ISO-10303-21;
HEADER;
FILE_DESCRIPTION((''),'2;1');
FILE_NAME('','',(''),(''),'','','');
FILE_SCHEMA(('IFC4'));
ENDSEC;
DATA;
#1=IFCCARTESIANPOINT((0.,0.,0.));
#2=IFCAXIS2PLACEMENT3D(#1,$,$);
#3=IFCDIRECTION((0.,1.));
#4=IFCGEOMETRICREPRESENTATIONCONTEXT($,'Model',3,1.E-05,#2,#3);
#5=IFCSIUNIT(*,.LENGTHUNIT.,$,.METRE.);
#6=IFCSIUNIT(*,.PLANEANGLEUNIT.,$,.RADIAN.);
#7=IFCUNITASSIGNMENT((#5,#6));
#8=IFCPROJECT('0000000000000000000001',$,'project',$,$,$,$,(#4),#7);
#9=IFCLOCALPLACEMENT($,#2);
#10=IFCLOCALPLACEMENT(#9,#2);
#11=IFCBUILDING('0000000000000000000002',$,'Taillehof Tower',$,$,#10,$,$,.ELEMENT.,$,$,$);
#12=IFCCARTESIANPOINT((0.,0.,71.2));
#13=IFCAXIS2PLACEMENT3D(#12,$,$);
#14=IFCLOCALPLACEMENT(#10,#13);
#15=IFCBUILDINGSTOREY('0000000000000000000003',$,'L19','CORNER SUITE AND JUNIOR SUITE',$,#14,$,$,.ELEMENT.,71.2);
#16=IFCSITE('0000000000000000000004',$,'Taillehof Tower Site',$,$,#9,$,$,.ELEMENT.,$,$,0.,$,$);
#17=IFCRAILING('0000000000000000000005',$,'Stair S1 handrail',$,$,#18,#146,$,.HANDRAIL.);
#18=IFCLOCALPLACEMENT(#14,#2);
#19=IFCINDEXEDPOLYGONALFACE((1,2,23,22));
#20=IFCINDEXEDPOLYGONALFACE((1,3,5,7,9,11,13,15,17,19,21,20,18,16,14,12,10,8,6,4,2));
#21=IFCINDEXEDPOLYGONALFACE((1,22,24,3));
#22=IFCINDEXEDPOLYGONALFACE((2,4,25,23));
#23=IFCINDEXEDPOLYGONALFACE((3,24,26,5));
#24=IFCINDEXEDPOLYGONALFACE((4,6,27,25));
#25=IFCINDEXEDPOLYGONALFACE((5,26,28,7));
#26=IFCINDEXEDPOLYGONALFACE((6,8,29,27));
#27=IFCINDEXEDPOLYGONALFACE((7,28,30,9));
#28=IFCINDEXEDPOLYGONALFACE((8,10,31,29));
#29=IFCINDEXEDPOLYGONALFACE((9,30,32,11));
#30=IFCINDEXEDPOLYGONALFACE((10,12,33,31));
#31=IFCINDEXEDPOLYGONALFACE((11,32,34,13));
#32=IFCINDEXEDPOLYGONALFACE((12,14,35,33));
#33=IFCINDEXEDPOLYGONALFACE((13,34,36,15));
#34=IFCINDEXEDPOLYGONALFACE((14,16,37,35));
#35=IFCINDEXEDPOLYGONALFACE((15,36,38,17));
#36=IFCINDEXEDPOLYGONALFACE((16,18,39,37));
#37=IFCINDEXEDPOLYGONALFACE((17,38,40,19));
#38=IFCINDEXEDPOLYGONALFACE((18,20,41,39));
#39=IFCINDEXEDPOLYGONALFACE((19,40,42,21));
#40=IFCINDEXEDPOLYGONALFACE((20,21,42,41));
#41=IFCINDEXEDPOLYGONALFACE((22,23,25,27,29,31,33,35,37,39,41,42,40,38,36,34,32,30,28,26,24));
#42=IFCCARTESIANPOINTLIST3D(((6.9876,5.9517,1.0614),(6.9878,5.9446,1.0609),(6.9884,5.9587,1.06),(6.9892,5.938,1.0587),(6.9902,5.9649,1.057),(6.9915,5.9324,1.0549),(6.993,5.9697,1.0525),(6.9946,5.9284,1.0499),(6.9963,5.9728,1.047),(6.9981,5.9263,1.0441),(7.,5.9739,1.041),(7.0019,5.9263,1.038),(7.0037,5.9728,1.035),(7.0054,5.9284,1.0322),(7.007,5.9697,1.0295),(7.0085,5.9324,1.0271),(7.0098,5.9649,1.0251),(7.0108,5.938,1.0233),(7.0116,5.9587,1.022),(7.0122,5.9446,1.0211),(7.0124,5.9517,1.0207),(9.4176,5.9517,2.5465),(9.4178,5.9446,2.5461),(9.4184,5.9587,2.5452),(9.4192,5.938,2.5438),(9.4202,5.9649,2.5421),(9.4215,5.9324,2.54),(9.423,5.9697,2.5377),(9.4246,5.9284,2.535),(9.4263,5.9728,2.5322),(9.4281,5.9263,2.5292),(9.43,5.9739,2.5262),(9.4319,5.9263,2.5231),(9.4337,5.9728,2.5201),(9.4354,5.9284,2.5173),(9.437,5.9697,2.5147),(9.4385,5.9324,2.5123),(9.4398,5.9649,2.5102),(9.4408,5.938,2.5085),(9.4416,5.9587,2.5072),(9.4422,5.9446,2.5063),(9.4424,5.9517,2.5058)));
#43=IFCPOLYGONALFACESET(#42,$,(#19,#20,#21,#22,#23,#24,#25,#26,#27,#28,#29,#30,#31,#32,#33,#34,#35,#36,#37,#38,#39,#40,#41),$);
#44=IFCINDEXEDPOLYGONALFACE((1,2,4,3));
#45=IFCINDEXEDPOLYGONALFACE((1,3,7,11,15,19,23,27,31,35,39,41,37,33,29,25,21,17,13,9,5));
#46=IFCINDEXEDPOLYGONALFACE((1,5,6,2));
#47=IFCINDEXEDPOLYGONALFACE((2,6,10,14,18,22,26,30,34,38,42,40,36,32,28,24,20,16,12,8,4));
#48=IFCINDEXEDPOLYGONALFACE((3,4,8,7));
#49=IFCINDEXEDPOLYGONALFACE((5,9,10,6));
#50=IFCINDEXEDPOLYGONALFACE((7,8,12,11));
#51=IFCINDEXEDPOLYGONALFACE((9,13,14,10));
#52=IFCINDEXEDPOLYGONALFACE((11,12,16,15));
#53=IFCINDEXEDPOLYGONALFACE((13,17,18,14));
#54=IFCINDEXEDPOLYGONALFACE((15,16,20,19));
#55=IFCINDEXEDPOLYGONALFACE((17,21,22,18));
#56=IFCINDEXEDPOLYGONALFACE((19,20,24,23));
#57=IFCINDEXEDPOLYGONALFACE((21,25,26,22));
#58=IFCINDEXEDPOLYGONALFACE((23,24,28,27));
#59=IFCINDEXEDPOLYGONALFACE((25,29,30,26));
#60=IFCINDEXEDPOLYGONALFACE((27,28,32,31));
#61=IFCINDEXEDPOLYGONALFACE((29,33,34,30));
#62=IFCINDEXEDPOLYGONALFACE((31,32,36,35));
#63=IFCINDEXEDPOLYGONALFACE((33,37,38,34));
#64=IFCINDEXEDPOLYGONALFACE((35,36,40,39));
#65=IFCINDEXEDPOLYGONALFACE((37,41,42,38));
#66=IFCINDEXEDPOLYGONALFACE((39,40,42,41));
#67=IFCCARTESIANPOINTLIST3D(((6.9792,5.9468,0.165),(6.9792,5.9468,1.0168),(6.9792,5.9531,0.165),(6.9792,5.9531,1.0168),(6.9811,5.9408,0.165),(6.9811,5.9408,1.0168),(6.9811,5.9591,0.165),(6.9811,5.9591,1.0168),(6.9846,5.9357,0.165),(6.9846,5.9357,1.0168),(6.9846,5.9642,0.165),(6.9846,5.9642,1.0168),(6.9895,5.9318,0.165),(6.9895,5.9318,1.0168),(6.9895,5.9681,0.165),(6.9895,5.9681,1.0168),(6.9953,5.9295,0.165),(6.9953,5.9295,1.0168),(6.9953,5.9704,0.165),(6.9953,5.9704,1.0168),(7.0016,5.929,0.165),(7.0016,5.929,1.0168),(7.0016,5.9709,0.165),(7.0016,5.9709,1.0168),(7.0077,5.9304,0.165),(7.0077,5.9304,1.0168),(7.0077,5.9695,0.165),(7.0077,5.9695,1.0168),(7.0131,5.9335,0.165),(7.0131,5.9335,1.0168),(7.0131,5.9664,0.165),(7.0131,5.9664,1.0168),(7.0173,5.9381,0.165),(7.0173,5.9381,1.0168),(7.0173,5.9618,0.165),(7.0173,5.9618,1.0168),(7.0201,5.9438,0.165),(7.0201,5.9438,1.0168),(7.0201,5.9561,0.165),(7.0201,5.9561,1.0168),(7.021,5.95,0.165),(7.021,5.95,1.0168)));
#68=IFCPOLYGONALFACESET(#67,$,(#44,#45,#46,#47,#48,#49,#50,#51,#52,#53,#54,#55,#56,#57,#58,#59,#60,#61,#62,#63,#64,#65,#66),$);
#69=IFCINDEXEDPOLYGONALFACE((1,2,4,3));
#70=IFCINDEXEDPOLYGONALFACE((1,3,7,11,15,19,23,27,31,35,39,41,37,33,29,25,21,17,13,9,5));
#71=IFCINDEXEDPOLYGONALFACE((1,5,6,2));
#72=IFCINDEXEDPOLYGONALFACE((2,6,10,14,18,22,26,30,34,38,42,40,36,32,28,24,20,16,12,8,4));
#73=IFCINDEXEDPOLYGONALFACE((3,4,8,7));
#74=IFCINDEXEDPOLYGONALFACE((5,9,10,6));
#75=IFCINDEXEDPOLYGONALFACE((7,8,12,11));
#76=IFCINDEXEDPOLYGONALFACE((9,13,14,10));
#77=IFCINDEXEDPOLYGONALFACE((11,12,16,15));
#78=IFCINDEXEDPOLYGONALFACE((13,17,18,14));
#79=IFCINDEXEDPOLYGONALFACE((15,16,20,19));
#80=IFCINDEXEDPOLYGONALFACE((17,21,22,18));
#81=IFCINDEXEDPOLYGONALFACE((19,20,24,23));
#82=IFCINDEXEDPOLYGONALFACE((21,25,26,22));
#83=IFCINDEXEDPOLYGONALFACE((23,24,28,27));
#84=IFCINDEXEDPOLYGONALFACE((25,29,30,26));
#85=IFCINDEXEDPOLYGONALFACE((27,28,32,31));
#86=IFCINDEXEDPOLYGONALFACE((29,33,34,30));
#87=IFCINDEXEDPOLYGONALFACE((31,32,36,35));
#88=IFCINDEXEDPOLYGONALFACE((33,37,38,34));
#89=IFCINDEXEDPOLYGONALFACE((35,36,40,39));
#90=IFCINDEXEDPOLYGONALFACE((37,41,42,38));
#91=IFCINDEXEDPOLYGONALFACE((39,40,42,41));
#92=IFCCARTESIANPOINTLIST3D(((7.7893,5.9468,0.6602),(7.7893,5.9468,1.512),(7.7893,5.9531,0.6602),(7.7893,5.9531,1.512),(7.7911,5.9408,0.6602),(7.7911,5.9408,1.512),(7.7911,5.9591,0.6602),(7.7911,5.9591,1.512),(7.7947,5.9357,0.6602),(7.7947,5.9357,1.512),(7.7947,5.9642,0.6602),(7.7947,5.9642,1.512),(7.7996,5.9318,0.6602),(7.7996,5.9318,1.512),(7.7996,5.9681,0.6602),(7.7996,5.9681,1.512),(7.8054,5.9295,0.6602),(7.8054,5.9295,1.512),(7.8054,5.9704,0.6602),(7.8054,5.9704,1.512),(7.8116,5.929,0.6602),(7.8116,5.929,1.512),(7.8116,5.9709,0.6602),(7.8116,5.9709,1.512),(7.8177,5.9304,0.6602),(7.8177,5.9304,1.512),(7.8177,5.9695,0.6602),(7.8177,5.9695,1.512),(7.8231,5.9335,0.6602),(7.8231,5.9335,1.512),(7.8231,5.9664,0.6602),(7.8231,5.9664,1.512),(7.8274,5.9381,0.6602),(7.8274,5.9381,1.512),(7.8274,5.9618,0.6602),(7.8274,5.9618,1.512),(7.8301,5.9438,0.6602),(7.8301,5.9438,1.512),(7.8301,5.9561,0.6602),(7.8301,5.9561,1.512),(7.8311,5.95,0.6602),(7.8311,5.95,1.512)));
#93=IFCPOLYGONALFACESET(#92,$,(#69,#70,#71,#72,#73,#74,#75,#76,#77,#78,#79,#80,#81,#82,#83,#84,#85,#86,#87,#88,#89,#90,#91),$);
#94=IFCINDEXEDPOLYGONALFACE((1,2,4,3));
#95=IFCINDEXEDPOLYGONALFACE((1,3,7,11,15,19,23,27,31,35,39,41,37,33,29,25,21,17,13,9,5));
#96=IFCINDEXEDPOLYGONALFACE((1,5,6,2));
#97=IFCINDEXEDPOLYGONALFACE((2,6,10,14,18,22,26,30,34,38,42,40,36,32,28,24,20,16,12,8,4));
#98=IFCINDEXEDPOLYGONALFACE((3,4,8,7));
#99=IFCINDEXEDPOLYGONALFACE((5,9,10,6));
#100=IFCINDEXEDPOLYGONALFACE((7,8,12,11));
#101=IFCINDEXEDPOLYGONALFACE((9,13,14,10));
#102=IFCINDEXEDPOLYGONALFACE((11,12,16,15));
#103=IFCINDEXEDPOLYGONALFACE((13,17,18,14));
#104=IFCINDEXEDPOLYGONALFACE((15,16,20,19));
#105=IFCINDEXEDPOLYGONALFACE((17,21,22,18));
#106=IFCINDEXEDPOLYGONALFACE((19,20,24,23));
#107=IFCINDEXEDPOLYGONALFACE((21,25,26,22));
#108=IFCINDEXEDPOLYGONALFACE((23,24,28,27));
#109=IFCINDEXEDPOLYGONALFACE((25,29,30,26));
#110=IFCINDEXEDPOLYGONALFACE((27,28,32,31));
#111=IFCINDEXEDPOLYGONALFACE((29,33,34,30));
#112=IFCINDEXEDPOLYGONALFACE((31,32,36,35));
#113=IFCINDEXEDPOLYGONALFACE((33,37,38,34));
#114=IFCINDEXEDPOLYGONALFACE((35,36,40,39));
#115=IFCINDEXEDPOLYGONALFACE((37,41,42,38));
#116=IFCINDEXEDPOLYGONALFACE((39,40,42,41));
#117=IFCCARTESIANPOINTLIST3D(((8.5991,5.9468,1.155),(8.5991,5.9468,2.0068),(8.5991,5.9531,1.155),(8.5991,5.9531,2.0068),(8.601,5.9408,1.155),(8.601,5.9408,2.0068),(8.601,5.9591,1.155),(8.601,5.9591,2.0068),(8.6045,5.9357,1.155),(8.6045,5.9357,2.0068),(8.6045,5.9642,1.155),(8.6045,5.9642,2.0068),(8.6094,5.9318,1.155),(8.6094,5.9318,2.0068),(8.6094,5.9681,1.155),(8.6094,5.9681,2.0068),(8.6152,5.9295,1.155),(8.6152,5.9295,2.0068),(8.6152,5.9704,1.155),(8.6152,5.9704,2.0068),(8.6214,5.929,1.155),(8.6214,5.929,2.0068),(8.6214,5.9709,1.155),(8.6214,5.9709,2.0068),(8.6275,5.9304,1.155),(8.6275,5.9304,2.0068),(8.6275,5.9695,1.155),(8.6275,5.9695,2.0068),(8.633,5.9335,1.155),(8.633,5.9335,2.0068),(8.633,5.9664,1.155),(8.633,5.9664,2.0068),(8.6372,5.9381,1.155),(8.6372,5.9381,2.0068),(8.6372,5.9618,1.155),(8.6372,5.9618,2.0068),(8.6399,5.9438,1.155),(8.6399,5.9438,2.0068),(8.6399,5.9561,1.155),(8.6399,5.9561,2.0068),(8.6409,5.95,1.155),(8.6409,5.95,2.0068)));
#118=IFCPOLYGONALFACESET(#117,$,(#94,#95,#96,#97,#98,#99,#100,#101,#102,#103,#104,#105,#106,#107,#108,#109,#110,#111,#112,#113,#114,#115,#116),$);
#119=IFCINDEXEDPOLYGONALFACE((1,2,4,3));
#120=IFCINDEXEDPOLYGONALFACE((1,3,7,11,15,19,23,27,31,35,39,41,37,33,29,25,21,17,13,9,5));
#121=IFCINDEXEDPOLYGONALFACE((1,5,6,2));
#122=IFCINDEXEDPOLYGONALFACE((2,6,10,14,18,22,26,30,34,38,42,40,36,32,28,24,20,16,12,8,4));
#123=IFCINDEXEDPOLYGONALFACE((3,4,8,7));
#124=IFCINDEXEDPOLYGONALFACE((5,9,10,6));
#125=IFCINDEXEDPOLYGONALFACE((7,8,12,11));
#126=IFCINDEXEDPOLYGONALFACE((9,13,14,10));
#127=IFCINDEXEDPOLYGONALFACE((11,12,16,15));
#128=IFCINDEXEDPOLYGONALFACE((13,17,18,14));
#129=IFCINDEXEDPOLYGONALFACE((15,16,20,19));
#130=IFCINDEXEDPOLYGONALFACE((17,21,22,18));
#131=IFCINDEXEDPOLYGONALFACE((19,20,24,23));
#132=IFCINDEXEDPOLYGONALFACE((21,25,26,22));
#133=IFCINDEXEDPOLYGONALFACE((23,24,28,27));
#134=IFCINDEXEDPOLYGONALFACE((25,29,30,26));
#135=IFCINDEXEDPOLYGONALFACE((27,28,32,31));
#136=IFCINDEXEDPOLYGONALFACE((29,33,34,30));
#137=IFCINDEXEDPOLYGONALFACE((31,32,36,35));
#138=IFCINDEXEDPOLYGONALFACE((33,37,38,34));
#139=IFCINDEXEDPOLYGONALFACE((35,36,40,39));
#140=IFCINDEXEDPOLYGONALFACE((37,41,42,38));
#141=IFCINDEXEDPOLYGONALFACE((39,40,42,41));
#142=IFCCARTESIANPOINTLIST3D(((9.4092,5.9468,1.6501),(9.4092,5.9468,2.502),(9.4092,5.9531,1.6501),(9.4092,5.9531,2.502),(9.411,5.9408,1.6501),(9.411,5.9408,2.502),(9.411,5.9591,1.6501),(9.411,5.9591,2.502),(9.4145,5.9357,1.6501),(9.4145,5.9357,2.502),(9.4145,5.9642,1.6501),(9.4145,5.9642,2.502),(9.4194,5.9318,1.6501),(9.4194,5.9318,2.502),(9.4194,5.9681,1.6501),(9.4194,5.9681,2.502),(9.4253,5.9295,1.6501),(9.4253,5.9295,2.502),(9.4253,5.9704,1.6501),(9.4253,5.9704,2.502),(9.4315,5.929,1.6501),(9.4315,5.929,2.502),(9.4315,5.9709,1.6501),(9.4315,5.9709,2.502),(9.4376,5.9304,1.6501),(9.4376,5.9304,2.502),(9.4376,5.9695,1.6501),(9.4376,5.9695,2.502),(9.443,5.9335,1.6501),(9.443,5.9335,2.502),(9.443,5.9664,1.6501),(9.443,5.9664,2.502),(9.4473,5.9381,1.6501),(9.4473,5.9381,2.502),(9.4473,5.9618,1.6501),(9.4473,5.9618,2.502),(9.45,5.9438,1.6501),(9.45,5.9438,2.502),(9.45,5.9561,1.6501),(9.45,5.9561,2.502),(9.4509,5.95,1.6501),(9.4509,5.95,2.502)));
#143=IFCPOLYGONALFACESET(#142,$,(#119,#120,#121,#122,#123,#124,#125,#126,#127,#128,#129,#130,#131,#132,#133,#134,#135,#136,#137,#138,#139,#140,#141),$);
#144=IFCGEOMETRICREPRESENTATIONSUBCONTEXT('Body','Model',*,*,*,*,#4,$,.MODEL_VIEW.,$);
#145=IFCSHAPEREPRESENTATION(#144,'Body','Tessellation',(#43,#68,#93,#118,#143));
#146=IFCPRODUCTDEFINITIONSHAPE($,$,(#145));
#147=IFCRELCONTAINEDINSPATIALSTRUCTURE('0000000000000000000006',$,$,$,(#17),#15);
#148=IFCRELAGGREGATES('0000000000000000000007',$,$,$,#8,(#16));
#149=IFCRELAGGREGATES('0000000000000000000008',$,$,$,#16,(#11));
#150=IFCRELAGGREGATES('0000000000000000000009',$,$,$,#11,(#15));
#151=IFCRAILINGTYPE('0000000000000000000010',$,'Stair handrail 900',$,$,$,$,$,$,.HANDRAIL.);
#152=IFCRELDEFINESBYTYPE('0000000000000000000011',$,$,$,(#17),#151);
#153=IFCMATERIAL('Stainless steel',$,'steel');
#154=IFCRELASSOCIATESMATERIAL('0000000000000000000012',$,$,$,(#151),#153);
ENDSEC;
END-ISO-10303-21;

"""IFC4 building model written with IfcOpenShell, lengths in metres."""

from ifc_helpers import new_model, si_unit, direction, frame, origin, origin_2d, place, context, subcontext, project, spatial, circle, extrude, material, type_object, element, save


model = new_model("IFC4")

# Units and contexts
model_context = context("Model", 3, precision=1e-05, world=origin(), true_north=direction((0.0, 1.0)))
body_context = subcontext(model_context, "Body", "Model", "MODEL_VIEW")
ifc_project = project(units=[si_unit("LENGTHUNIT", "METRE"), si_unit("PLANEANGLEUNIT", "RADIAN")], contexts=[model_context])

# Site, building, storey
site_placement = place(None, origin())
site = spatial("IfcSite", under=ifc_project, at=site_placement, Name="Taillehof Tower Site", CompositionType="ELEMENT", RefElevation=0.0)
building_placement = place(site_placement, origin())
building = spatial("IfcBuilding", under=site, at=building_placement, Name="Taillehof Tower", CompositionType="ELEMENT")
storey_placement = place(building_placement, frame((0.0, 0.0, 71.2)))
storey = spatial("IfcBuildingStorey", under=building, at=storey_placement, Name="L19", Description="CORNER SUITE AND JUNIOR SUITE", CompositionType="ELEMENT", Elevation=71.2)

# Railing
ifc_material_1 = material(Name="Stainless steel", Category="steel")
railing_type = type_object("IfcRailingType", Name="Stair handrail 900", PredefinedType="HANDRAIL", material=ifc_material_1)
railing_placement = place(storey_placement, frame((7.0, 5.95, 0.165)))
element("IfcRailing", 1, at=railing_placement, inside=storey, type_object=railing_type, Name="Stair S1 handrail", PredefinedType="HANDRAIL", context=body_context, shape_type="SweptSolid", body=[
    extrude(circle(Radius=0.0239, at=origin_2d()), frame((0.0, 0.0, 0.876), z_axis=(0.853259, 0.0, 0.521488), x_axis=(0.0, 1.0, 0.0)), (0.0, 0.0, 1.0), 2.8479),
    extrude(circle(Radius=0.021, at=origin_2d()), origin(), (0.0, 0.0, 1.0), 0.8518),
    extrude(circle(Radius=0.021, at=origin_2d()), frame((0.8101, 0.0, 0.4951)), (0.0, 0.0, 1.0), 0.8518),
    extrude(circle(Radius=0.021, at=origin_2d()), frame((1.6199, 0.0, 0.99)), (0.0, 0.0, 1.0), 0.8518),
    extrude(circle(Radius=0.021, at=origin_2d()), frame((2.4299, 0.0, 1.4851)), (0.0, 0.0, 1.0), 0.8518),
])

save(model, "model.ifc")
